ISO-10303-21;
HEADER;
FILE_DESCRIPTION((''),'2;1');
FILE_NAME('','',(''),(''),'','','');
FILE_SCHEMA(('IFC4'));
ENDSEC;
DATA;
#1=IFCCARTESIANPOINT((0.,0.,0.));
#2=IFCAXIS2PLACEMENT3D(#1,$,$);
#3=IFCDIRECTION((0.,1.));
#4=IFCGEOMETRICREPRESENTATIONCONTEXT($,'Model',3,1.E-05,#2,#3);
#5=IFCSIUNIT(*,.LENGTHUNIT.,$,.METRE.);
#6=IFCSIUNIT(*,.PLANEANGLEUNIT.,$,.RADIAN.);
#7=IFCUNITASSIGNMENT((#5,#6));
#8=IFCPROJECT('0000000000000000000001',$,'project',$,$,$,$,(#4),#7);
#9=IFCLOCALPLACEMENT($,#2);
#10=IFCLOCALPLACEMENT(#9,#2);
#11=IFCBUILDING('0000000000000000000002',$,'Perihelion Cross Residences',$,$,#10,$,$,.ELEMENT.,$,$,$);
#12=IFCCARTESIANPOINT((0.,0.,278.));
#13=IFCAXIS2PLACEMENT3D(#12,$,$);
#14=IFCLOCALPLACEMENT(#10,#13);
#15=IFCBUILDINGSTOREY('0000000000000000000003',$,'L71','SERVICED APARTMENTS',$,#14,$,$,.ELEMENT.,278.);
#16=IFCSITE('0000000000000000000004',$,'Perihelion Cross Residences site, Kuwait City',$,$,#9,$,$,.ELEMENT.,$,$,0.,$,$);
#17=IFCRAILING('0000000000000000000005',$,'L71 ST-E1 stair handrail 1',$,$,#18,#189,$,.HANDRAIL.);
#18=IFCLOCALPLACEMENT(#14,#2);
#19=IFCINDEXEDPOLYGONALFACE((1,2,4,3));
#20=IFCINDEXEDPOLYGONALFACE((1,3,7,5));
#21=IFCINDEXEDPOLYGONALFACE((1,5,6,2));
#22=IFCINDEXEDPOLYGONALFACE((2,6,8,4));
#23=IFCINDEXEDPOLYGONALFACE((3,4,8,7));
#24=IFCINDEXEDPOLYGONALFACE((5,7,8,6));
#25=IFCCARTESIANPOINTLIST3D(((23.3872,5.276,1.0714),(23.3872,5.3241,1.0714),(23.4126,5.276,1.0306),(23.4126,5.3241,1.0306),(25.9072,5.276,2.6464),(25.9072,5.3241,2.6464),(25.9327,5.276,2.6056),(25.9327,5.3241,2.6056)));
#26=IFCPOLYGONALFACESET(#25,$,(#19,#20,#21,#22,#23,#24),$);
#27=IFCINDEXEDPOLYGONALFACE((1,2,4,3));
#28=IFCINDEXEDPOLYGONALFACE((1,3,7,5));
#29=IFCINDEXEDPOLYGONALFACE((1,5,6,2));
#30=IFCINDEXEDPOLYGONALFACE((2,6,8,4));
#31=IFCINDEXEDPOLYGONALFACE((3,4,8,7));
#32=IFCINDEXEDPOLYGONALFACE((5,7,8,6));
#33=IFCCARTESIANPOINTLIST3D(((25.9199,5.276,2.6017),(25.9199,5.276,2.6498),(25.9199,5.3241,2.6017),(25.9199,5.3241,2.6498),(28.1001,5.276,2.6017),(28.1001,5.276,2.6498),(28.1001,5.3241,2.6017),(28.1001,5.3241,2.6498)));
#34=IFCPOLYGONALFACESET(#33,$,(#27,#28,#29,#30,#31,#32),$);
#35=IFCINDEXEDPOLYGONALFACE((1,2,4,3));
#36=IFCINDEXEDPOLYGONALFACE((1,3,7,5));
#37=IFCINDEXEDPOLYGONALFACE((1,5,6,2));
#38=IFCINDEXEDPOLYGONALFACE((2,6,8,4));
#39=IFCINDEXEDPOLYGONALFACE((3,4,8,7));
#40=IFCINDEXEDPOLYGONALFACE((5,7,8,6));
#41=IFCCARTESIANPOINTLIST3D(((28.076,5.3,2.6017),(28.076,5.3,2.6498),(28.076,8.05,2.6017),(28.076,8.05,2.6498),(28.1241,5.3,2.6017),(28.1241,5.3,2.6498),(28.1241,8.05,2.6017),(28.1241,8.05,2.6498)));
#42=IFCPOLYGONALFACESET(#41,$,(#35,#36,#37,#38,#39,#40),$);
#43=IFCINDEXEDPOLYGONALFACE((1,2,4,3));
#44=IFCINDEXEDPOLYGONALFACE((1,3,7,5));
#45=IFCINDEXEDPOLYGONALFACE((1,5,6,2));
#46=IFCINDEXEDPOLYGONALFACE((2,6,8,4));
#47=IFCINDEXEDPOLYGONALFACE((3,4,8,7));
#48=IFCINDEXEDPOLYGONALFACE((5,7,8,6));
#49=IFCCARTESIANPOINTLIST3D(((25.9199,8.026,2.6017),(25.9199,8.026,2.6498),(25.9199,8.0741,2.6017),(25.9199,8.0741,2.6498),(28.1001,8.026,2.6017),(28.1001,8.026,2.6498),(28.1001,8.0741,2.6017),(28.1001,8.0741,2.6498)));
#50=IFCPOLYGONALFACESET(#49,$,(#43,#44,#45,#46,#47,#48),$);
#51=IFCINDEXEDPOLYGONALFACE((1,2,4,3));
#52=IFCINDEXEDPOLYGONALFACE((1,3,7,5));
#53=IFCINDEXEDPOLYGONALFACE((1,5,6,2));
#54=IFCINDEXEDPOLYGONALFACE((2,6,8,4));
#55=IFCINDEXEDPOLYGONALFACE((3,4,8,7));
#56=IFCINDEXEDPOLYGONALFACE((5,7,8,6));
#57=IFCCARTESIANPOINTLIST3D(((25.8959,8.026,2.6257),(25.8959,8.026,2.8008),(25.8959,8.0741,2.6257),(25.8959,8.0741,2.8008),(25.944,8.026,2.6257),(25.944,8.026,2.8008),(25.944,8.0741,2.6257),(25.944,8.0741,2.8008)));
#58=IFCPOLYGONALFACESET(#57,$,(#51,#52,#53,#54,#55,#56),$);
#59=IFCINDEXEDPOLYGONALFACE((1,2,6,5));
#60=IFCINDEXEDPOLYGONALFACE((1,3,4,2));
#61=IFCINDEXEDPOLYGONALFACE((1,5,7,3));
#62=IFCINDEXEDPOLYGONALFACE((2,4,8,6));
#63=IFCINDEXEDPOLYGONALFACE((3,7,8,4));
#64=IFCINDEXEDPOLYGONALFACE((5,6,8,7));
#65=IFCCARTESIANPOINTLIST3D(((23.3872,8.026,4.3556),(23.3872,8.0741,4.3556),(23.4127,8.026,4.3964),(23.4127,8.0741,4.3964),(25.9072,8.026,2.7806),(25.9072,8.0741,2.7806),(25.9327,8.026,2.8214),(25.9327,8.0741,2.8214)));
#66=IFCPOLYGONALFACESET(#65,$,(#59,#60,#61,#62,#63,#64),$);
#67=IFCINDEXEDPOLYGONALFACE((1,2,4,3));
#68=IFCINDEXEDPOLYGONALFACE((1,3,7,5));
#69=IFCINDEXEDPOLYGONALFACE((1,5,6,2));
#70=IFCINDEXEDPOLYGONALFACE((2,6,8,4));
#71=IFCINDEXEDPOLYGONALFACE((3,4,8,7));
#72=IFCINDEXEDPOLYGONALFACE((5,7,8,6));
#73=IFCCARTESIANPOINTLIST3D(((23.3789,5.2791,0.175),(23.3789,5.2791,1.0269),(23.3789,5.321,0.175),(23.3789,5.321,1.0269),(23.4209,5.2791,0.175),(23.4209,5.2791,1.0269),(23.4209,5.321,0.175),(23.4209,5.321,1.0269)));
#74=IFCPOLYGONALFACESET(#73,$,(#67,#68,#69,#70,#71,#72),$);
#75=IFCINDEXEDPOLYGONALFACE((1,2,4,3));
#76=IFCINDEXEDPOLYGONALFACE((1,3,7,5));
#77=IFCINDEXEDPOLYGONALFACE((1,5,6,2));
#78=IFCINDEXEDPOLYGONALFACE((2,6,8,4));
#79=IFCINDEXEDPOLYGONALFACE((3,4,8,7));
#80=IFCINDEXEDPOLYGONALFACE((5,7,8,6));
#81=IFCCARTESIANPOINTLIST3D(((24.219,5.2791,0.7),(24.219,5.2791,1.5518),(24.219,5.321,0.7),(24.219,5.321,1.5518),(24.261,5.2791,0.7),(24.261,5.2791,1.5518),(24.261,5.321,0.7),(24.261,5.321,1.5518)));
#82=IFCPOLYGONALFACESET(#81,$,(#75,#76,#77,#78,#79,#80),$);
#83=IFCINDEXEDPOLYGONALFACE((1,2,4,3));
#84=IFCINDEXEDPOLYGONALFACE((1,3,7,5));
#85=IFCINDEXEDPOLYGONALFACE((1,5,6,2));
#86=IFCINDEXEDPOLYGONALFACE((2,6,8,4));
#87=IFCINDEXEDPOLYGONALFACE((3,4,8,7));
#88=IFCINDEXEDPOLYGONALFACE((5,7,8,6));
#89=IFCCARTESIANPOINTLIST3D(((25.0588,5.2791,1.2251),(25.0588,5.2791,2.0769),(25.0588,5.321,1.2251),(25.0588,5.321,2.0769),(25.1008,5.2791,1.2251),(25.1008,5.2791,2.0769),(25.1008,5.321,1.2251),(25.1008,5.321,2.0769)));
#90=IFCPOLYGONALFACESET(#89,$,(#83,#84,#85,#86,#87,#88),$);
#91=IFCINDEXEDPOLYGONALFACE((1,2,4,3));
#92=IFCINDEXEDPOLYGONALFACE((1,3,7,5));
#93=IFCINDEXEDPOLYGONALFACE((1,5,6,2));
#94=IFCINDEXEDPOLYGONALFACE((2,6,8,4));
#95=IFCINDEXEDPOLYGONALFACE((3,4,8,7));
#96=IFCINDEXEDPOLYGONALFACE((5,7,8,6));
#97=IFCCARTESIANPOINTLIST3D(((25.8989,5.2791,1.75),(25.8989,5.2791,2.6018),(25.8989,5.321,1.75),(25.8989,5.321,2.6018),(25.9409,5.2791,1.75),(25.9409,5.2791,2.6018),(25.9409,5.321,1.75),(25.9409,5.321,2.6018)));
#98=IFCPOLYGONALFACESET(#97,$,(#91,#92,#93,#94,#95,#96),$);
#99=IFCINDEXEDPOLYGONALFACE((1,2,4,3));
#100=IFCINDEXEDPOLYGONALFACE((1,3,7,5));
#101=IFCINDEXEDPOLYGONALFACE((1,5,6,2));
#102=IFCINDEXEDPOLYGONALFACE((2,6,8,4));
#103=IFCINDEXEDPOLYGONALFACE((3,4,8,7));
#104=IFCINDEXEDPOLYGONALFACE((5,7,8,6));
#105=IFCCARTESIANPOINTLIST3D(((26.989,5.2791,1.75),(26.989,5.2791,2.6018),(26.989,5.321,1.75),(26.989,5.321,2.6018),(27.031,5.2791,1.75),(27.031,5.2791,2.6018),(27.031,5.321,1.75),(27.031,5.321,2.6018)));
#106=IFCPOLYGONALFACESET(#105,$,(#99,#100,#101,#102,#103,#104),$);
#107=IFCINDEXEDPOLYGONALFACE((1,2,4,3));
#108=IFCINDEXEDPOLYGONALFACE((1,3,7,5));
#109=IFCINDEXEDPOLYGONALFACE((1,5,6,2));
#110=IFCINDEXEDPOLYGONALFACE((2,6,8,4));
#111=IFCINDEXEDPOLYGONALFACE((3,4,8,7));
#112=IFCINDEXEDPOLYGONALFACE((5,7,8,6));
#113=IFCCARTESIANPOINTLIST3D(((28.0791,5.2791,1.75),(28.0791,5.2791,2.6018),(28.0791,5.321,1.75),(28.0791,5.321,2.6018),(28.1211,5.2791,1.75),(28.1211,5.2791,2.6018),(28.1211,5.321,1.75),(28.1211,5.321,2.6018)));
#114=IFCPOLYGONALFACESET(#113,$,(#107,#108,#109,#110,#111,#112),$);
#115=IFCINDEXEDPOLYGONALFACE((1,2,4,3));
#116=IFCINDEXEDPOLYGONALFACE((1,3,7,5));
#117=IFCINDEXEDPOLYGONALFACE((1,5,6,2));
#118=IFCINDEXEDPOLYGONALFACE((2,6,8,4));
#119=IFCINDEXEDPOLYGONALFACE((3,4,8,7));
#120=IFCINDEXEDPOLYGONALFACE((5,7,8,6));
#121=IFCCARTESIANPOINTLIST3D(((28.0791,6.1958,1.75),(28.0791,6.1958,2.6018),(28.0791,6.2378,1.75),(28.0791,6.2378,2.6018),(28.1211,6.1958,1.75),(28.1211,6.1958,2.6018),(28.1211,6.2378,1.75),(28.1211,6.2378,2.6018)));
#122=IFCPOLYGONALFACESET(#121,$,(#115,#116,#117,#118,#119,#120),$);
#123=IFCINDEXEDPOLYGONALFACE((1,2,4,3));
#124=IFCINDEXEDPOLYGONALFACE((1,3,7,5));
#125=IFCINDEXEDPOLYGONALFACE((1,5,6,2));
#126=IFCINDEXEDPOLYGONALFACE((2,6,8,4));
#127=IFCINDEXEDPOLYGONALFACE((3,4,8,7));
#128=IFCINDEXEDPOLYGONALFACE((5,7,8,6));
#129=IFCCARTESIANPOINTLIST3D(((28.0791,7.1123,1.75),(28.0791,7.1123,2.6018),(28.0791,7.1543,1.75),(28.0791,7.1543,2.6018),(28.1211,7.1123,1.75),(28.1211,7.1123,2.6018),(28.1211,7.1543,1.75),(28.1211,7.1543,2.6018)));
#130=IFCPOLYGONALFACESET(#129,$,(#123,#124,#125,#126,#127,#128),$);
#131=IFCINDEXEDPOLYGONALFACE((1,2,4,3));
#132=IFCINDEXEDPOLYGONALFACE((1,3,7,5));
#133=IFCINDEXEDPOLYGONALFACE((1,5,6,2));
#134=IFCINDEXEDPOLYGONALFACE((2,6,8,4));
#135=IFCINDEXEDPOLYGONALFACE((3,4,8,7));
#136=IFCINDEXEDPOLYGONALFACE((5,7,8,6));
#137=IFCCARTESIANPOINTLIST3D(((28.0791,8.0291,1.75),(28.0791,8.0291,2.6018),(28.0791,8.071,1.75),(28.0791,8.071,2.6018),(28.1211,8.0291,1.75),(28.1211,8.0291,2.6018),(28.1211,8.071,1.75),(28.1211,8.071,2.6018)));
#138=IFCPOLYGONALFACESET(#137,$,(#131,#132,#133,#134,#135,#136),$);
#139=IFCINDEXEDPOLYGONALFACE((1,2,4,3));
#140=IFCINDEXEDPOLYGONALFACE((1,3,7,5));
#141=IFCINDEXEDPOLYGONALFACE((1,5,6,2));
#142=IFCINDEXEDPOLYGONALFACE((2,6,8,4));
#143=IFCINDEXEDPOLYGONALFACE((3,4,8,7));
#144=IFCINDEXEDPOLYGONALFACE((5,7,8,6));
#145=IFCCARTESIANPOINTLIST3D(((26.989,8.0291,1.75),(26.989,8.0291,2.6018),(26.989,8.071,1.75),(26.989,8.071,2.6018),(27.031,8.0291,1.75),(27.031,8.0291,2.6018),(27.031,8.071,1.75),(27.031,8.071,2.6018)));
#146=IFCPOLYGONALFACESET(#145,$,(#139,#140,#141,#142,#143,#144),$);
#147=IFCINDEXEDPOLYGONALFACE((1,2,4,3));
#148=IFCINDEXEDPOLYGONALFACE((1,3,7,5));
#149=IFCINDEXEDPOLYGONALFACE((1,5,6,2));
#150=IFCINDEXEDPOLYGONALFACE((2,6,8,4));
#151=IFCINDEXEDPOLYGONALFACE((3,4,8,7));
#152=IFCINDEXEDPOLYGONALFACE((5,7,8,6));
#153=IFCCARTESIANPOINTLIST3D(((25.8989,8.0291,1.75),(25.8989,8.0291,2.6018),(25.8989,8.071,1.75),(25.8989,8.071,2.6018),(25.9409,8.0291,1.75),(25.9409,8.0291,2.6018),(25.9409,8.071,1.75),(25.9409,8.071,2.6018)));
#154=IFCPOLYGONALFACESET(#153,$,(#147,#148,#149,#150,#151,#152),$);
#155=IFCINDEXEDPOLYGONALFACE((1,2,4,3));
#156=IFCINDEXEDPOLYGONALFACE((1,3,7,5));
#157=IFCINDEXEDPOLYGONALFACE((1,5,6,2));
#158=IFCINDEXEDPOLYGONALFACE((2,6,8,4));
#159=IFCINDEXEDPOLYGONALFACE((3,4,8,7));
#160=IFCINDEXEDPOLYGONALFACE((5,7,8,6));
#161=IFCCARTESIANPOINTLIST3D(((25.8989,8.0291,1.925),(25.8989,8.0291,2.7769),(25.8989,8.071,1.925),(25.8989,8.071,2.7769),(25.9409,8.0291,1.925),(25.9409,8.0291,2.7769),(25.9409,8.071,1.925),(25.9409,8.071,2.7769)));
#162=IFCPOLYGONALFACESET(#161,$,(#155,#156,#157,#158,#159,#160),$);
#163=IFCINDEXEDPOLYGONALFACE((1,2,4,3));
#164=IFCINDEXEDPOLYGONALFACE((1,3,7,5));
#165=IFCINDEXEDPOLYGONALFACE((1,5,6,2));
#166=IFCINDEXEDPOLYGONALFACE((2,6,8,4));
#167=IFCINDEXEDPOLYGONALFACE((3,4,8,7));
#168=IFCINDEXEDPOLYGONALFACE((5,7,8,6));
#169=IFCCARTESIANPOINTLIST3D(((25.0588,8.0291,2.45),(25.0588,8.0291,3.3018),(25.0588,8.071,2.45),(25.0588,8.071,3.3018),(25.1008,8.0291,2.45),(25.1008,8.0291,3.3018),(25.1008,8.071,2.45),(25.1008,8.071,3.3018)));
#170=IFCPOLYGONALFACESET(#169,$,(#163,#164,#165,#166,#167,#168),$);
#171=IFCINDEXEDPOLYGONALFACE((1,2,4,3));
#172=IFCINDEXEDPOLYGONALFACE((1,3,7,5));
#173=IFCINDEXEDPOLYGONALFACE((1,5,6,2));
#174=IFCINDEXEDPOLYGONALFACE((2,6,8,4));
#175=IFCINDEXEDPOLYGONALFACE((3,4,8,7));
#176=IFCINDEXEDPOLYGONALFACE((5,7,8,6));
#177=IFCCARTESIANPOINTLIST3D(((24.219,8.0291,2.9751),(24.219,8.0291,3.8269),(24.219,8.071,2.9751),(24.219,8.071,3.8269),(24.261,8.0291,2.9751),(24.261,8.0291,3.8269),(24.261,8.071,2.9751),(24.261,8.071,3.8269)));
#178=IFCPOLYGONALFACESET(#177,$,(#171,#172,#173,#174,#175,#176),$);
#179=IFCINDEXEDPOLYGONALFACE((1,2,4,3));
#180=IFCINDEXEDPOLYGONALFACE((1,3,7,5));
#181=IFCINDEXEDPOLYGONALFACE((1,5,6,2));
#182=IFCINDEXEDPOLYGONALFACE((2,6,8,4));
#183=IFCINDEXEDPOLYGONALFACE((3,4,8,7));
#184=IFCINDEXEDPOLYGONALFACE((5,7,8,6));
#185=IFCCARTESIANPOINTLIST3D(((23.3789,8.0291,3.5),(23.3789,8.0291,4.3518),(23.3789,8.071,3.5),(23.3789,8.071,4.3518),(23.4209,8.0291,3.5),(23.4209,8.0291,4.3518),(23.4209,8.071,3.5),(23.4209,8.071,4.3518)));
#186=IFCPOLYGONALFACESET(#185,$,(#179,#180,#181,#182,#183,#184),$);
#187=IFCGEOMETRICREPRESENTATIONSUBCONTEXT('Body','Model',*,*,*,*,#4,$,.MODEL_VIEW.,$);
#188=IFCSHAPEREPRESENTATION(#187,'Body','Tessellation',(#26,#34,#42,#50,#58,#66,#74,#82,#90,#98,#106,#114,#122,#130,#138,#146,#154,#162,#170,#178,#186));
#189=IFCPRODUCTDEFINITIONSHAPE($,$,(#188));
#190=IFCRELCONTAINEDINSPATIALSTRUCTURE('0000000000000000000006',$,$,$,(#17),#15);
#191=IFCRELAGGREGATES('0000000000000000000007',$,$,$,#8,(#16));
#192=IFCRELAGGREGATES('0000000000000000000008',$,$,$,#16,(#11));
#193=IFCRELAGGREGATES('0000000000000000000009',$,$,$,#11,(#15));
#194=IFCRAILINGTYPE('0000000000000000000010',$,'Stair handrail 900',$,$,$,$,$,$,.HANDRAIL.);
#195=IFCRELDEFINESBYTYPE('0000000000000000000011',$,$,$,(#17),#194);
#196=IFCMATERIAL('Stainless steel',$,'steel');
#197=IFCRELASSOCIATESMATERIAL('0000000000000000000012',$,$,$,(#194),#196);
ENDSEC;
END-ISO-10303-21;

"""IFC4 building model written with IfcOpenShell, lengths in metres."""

from ifc_helpers import new_model, si_unit, direction, frame, origin, origin_2d, place, context, subcontext, project, spatial, rectangle, extrude, material, type_object, element, save


model = new_model("IFC4")

# Units and contexts
model_context = context("Model", 3, precision=1e-05, world=origin(), true_north=direction((0.0, 1.0)))
body_context = subcontext(model_context, "Body", "Model", "MODEL_VIEW")
ifc_project = project(units=[si_unit("LENGTHUNIT", "METRE"), si_unit("PLANEANGLEUNIT", "RADIAN")], contexts=[model_context])

# Site, building, storey
site_placement = place(None, origin())
site = spatial("IfcSite", under=ifc_project, at=site_placement, Name="Perihelion Cross Residences site, Kuwait City", CompositionType="ELEMENT", RefElevation=0.0)
building_placement = place(site_placement, origin())
building = spatial("IfcBuilding", under=site, at=building_placement, Name="Perihelion Cross Residences", CompositionType="ELEMENT")
storey_placement = place(building_placement, frame((0.0, 0.0, 278.0)))
storey = spatial("IfcBuildingStorey", under=building, at=storey_placement, Name="L71", Description="SERVICED APARTMENTS", CompositionType="ELEMENT", Elevation=278.0)

# Railing
ifc_material_1 = material(Name="Stainless steel", Category="steel")
railing_type_1 = type_object("IfcRailingType", Name="Stair handrail 900", PredefinedType="HANDRAIL", material=ifc_material_1)
railing_1_placement = place(storey_placement, frame((23.3999, 5.3, 0.175)))
element("IfcRailing", 1, at=railing_1_placement, inside=storey, type_object=railing_type_1, Name="L71 ST-E1 stair handrail 1", PredefinedType="HANDRAIL", context=body_context, shape_type="SweptSolid", body=[
    extrude(rectangle(XDim=0.0481, YDim=0.0481, at=origin_2d()), frame((0.0, 0.0, 0.876), z_axis=(0.848008, 0.0, 0.529984), x_axis=(0.0, 1.0, 0.0)), (0.0, 0.0, 1.0), 2.9717),
    extrude(rectangle(XDim=0.0481, YDim=0.0481, at=origin_2d()), frame((2.52, 0.0, 2.4507), z_axis=(1.0, 0.0, 0.0), x_axis=(0.0, 1.0, 0.0)), (0.0, 0.0, 1.0), 2.1802),
    extrude(rectangle(XDim=0.0481, YDim=0.0481, at=origin_2d()), frame((4.7002, 0.0, 2.4507), z_axis=(0.0, 1.0, 0.0), x_axis=(-1.0, 0.0, 0.0)), (0.0, 0.0, 1.0), 2.75),
    extrude(rectangle(XDim=0.0481, YDim=0.0481, at=origin_2d()), frame((4.7002, 2.75, 2.4507), z_axis=(-1.0, 0.0, 0.0), x_axis=(0.0, -1.0, 0.0)), (0.0, 0.0, 1.0), 2.1802),
    extrude(rectangle(XDim=0.0481, YDim=0.0481, at=origin_2d()), frame((2.52, 2.75, 2.4507), z_axis=(0.0, 0.0, 1.0), x_axis=(1.0, 0.0, 0.0)), (0.0, 0.0, 1.0), 0.175),
    extrude(rectangle(XDim=0.0481, YDim=0.0481, at=origin_2d()), frame((2.52, 2.75, 2.626), z_axis=(-0.848008, 0.0, 0.529984), x_axis=(0.0, -1.0, 0.0)), (0.0, 0.0, 1.0), 2.9717),
    extrude(rectangle(XDim=0.042, YDim=0.042, at=origin_2d()), origin(), (0.0, 0.0, 1.0), 0.8518),
    extrude(rectangle(XDim=0.042, YDim=0.042, at=origin_2d()), frame((0.8401, 0.0, 0.5249)), (0.0, 0.0, 1.0), 0.8518),
    extrude(rectangle(XDim=0.042, YDim=0.042, at=origin_2d()), frame((1.6799, 0.0, 1.05)), (0.0, 0.0, 1.0), 0.8518),
    extrude(rectangle(XDim=0.042, YDim=0.042, at=origin_2d()), frame((2.52, 0.0, 1.575)), (0.0, 0.0, 1.0), 0.8518),
    extrude(rectangle(XDim=0.042, YDim=0.042, at=origin_2d()), frame((3.6101, 0.0, 1.575)), (0.0, 0.0, 1.0), 0.8518),
    extrude(rectangle(XDim=0.042, YDim=0.042, at=origin_2d()), frame((4.7002, 0.0, 1.575)), (0.0, 0.0, 1.0), 0.8518),
    extrude(rectangle(XDim=0.042, YDim=0.042, at=origin_2d()), frame((4.7002, 0.9167, 1.575)), (0.0, 0.0, 1.0), 0.8518),
    extrude(rectangle(XDim=0.042, YDim=0.042, at=origin_2d()), frame((4.7002, 1.8333, 1.575)), (0.0, 0.0, 1.0), 0.8518),
    extrude(rectangle(XDim=0.042, YDim=0.042, at=origin_2d()), frame((4.7002, 2.75, 1.575)), (0.0, 0.0, 1.0), 0.8518),
    extrude(rectangle(XDim=0.042, YDim=0.042, at=origin_2d()), frame((3.6101, 2.75, 1.575)), (0.0, 0.0, 1.0), 0.8518),
    extrude(rectangle(XDim=0.042, YDim=0.042, at=origin_2d()), frame((2.52, 2.75, 1.575)), (0.0, 0.0, 1.0), 0.8518),
    extrude(rectangle(XDim=0.042, YDim=0.042, at=origin_2d()), frame((2.52, 2.75, 1.75)), (0.0, 0.0, 1.0), 0.8518),
    extrude(rectangle(XDim=0.042, YDim=0.042, at=origin_2d()), frame((1.6799, 2.75, 2.2749)), (0.0, 0.0, 1.0), 0.8518),
    extrude(rectangle(XDim=0.042, YDim=0.042, at=origin_2d()), frame((0.8401, 2.75, 2.8)), (0.0, 0.0, 1.0), 0.8518),
    extrude(rectangle(XDim=0.042, YDim=0.042, at=origin_2d()), frame((0.0, 2.75, 3.325)), (0.0, 0.0, 1.0), 0.8518),
])

save(model, "model.ifc")
